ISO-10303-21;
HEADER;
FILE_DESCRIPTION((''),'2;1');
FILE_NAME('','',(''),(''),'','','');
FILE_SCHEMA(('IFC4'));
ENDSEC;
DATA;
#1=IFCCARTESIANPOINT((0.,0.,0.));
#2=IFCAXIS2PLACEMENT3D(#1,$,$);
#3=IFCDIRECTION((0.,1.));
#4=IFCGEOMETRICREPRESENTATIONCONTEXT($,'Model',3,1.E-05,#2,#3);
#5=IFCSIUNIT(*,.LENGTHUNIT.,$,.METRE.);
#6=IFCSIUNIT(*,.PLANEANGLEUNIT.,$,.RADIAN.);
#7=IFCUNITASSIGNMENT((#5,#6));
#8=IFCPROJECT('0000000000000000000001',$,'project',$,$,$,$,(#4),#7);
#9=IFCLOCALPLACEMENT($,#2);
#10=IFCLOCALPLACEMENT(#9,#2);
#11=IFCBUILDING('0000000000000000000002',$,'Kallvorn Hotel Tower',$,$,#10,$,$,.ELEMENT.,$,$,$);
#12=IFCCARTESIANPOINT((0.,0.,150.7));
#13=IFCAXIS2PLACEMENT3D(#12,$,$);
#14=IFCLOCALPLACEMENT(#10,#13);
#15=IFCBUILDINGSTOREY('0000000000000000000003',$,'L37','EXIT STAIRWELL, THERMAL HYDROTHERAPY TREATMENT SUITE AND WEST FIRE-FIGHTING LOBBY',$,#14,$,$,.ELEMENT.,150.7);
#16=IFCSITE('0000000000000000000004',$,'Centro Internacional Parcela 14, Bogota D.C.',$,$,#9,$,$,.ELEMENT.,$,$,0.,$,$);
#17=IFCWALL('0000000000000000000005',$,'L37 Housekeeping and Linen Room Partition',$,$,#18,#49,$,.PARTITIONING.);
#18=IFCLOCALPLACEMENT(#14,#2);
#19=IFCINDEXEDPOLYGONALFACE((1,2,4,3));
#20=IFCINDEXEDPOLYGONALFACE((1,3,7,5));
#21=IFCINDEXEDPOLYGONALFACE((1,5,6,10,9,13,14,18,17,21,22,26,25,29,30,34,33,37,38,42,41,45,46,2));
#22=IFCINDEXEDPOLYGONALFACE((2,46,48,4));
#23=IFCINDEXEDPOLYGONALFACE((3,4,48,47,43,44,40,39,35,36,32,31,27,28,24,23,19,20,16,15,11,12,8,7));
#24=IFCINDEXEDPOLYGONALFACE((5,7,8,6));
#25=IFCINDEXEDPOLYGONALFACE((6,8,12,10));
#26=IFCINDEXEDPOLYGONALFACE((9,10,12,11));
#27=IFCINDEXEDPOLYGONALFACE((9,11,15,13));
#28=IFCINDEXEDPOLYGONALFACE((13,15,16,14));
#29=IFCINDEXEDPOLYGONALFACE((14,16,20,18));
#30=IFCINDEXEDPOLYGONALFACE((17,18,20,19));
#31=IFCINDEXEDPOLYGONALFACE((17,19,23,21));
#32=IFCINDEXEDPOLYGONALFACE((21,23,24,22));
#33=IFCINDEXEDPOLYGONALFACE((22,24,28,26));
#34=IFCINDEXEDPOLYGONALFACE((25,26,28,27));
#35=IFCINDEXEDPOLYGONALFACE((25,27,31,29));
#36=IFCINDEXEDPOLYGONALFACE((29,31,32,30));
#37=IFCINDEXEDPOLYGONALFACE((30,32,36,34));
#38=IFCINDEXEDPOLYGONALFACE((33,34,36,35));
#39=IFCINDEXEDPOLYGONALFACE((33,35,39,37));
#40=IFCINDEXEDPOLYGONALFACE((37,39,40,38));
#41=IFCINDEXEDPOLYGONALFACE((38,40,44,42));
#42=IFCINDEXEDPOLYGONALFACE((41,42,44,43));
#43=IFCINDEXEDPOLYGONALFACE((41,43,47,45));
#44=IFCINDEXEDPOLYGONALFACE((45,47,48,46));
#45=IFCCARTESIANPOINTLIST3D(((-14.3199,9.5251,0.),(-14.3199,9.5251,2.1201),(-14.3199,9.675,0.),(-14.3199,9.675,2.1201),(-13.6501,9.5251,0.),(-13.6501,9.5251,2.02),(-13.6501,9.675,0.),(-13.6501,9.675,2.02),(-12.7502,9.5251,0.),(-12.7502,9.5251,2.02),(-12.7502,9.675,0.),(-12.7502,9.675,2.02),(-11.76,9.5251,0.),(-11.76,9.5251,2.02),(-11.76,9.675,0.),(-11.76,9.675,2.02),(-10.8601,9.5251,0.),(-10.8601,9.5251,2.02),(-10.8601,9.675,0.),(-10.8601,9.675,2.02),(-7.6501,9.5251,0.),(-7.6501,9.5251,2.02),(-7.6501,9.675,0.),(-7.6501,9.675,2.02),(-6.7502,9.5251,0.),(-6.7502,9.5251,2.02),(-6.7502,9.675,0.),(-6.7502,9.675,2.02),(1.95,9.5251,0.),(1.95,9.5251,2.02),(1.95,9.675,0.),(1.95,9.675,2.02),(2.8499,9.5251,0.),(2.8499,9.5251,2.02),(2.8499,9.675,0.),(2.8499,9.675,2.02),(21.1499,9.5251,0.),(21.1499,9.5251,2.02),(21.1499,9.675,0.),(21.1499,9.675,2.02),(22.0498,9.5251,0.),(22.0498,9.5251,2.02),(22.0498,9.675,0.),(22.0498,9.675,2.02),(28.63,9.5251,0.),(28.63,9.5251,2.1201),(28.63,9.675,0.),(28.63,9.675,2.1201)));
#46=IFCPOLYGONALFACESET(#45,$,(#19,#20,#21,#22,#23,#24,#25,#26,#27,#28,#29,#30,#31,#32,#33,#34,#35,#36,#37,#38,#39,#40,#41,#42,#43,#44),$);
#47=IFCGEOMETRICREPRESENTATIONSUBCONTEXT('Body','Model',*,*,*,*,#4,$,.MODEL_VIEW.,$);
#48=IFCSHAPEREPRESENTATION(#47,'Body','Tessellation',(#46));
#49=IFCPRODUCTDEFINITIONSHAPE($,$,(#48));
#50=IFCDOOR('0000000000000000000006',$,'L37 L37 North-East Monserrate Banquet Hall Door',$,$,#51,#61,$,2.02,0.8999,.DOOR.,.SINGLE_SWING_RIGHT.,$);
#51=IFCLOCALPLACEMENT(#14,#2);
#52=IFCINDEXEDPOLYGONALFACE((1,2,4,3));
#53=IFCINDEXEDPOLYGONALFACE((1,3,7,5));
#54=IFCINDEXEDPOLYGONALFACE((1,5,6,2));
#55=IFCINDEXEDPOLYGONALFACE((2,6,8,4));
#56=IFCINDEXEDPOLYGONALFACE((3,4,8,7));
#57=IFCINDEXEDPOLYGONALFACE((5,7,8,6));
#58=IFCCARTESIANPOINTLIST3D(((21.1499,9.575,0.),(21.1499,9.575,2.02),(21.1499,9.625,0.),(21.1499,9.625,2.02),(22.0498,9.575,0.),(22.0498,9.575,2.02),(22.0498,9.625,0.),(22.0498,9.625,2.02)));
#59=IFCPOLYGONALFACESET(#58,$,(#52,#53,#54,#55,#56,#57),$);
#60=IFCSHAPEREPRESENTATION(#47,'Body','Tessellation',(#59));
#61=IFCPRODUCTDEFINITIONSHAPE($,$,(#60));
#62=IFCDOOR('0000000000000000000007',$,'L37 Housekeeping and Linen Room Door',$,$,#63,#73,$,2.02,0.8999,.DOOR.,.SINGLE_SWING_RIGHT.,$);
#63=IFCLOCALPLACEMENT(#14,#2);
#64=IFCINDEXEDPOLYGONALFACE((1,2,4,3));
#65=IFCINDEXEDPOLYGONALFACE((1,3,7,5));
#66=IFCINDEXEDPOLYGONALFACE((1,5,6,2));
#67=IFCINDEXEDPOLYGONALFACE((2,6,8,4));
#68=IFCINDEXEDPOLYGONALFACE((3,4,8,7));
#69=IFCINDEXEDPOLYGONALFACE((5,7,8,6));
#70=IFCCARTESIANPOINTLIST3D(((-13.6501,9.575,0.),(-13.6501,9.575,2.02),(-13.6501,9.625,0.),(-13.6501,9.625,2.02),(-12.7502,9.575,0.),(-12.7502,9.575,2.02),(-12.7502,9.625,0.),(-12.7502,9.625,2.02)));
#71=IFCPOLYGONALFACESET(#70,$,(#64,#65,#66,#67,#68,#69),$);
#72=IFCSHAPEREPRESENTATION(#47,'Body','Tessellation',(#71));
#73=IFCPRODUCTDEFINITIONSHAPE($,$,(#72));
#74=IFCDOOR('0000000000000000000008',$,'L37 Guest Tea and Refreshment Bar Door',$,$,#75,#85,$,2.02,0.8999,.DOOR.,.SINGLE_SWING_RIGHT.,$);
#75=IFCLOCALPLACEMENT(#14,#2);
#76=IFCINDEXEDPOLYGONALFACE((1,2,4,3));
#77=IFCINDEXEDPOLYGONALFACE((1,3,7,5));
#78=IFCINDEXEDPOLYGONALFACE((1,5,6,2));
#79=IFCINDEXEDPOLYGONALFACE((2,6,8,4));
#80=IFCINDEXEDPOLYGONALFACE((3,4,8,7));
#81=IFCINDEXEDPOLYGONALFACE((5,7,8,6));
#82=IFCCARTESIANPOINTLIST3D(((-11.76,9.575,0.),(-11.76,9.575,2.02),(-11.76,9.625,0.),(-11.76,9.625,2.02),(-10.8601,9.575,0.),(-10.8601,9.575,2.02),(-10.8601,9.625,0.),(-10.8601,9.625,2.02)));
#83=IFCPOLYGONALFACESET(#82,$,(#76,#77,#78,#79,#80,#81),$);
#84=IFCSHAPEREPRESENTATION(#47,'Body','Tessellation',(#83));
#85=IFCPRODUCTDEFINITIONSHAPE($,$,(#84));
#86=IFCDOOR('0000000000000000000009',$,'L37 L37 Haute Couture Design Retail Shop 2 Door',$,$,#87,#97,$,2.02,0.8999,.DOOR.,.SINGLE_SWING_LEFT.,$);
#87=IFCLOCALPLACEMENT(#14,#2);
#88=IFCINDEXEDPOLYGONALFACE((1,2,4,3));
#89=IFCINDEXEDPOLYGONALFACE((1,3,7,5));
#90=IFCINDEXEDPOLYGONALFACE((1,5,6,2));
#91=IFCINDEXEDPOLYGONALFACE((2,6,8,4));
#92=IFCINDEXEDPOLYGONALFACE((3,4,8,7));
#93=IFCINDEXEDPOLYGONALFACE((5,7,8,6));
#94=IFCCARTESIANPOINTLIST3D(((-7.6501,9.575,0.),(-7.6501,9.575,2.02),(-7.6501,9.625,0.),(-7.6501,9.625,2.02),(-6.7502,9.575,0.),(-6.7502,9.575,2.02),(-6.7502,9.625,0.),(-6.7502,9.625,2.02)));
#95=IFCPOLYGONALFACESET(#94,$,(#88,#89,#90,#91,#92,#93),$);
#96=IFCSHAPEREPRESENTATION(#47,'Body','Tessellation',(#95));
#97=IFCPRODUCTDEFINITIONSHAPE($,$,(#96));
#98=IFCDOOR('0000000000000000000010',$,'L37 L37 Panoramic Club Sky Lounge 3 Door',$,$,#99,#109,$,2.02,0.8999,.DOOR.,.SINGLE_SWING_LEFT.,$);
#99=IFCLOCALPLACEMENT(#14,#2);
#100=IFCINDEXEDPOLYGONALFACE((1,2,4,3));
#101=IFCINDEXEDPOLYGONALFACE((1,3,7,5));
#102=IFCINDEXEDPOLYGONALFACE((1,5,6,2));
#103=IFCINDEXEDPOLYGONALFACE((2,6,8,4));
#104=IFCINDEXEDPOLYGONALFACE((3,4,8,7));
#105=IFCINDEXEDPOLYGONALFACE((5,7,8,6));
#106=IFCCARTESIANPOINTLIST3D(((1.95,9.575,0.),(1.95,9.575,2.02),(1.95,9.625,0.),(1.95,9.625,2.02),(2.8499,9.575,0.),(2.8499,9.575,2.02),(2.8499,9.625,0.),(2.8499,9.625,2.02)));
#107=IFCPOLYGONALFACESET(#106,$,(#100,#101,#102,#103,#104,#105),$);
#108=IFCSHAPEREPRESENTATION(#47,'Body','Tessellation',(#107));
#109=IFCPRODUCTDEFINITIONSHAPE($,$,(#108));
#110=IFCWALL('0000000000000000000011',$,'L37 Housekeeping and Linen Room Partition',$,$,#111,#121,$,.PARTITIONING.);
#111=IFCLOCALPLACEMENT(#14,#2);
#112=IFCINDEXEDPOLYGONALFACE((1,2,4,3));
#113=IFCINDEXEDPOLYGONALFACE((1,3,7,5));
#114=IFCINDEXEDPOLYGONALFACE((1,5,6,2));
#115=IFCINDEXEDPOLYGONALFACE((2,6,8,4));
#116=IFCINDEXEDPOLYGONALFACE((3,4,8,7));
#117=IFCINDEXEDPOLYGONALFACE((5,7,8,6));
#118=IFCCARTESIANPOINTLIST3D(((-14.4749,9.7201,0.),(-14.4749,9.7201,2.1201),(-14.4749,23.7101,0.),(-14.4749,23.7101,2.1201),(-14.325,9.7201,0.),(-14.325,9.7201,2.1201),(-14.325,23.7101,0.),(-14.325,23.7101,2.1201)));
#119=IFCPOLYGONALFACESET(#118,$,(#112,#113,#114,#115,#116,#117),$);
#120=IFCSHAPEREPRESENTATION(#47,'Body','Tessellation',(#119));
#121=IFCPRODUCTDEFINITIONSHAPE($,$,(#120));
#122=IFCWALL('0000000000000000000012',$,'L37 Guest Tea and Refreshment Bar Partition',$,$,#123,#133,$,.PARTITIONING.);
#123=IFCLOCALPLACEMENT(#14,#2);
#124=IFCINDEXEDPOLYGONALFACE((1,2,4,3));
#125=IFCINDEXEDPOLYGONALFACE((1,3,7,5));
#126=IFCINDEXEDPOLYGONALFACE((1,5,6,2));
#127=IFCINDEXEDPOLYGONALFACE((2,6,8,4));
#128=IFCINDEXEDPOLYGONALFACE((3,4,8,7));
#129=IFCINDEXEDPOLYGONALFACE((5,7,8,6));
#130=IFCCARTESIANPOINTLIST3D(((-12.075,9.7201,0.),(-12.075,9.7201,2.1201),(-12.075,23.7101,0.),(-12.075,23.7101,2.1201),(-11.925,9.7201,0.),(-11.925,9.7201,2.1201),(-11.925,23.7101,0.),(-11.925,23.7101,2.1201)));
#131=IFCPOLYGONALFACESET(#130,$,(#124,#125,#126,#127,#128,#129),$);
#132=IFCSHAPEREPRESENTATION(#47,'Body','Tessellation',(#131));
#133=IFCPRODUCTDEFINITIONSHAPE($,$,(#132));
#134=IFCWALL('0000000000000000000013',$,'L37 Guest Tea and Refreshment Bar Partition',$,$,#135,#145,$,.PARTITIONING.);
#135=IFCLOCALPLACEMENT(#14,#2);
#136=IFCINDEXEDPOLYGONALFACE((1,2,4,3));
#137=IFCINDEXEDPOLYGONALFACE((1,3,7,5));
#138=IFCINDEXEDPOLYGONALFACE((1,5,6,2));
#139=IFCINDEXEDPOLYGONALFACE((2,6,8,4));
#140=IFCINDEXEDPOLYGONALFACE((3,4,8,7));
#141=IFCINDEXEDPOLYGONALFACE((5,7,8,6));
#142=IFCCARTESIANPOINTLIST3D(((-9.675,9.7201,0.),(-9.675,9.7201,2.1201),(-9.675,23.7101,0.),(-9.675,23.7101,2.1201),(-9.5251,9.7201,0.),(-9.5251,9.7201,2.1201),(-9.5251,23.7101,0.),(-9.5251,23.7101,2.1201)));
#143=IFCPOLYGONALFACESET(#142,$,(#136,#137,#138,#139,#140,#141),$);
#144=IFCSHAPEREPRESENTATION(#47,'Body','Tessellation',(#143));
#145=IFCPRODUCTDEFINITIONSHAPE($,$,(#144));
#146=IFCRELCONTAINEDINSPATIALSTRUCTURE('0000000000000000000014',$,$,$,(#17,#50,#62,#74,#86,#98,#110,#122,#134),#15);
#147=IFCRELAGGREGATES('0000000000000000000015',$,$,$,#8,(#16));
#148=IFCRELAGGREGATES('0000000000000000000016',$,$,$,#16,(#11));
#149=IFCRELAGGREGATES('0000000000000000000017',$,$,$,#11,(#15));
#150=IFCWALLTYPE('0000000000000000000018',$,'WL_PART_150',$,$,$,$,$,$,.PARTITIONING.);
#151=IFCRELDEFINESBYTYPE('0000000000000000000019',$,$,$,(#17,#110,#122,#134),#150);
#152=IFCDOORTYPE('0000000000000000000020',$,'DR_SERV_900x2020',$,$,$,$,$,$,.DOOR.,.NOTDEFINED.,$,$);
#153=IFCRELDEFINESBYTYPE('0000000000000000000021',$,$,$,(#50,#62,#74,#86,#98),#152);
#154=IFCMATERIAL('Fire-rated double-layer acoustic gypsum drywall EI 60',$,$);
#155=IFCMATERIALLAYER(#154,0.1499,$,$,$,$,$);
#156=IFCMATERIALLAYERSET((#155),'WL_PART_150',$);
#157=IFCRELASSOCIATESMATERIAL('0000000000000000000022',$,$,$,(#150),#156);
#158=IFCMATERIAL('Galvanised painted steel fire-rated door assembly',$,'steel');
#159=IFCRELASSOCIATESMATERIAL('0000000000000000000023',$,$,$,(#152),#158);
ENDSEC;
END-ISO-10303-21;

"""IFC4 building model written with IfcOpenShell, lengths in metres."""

from ifc_helpers import new_model, si_unit, direction, frame, frame_2d, origin, place, context, subcontext, project, spatial, rectangle, extrude, material, layer, layer_set, type_object, element, fill, save


model = new_model("IFC4")

# Units and contexts
model_context = context("Model", 3, precision=1e-05, world=origin(), true_north=direction((0.0, 1.0)))
body_context = subcontext(model_context, "Body", "Model", "MODEL_VIEW")
ifc_project = project(units=[si_unit("LENGTHUNIT", "METRE"), si_unit("PLANEANGLEUNIT", "RADIAN")], contexts=[model_context])

# Site, building, storey
site_placement = place(None, origin())
site = spatial("IfcSite", under=ifc_project, at=site_placement, Name="Centro Internacional Parcela 14, Bogota D.C.", CompositionType="ELEMENT", RefElevation=0.0)
building_placement = place(site_placement, origin())
building = spatial("IfcBuilding", under=site, at=building_placement, Name="Kallvorn Hotel Tower", CompositionType="ELEMENT")
storey_placement = place(building_placement, frame((0.0, 0.0, 150.7)))
storey = spatial("IfcBuildingStorey", under=building, at=storey_placement, Name="L37", Description="EXIT STAIRWELL, THERMAL HYDROTHERAPY TREATMENT SUITE AND WEST FIRE-FIGHTING LOBBY", CompositionType="ELEMENT", Elevation=150.7)

# Wall, openings, doors
ifc_material_1 = material(Name="Fire-rated double-layer acoustic gypsum drywall EI 60")
ifc_layer = layer(ifc_material_1, 0.1499)
ifc_layer_set = layer_set([ifc_layer], Name="WL_PART_150")
wall_type = type_object("IfcWallType", Name="WL_PART_150", PredefinedType="PARTITIONING", material=ifc_layer_set)
wall_placement = place(storey_placement, frame((-14.3201, 9.6001, 0.0), z_axis=(0.0, 0.0, 1.0), x_axis=(1.0, 0.0, 0.0)))
wall = element("IfcWall", 1, at=wall_placement, inside=storey, type_object=wall_type, Name="L37 Housekeeping and Linen Room Partition", PredefinedType="PARTITIONING", context=body_context, shape_type="SweptSolid", body=[
    extrude(rectangle(XDim=42.95, YDim=0.1499, at=frame_2d((21.4751, 0.0))), origin(), (0.0, 0.0, 1.0), 2.1201),
])
opening_1_placement = place(wall_placement, frame((35.47, 0.0, 0.0)))
opening_1 = element("IfcOpeningElement", 2, at=opening_1_placement, cuts=wall, PredefinedType="OPENING", context=body_context, shape_type="SweptSolid", body=[
    extrude(rectangle(XDim=0.8999, YDim=2.02, at=frame_2d((0.45, 1.01))), frame((0.0, 0.0898, 0.0), z_axis=(0.0, -1.0, 0.0), x_axis=(1.0, 0.0, 0.0)), (0.0, 0.0, 1.0), 0.1799),
])
opening_2_placement = place(wall_placement, frame((0.6699, 0.0, 0.0)))
opening_2 = element("IfcOpeningElement", 3, at=opening_2_placement, cuts=wall, PredefinedType="OPENING", context=body_context, shape_type="SweptSolid", body=[
    extrude(rectangle(XDim=0.8999, YDim=2.02, at=frame_2d((0.45, 1.01))), frame((0.0, 0.0898, 0.0), z_axis=(0.0, -1.0, 0.0), x_axis=(1.0, 0.0, 0.0)), (0.0, 0.0, 1.0), 0.1799),
])
opening_3_placement = place(wall_placement, frame((2.5601, 0.0, 0.0)))
opening_3 = element("IfcOpeningElement", 4, at=opening_3_placement, cuts=wall, PredefinedType="OPENING", context=body_context, shape_type="SweptSolid", body=[
    extrude(rectangle(XDim=0.8999, YDim=2.02, at=frame_2d((0.45, 1.01))), frame((0.0, 0.0898, 0.0), z_axis=(0.0, -1.0, 0.0), x_axis=(1.0, 0.0, 0.0)), (0.0, 0.0, 1.0), 0.1799),
])
opening_4_placement = place(wall_placement, frame((6.6699, 0.0, 0.0)))
opening_4 = element("IfcOpeningElement", 5, at=opening_4_placement, cuts=wall, PredefinedType="OPENING", context=body_context, shape_type="SweptSolid", body=[
    extrude(rectangle(XDim=0.8999, YDim=2.02, at=frame_2d((0.45, 1.01))), frame((0.0, 0.0898, 0.0), z_axis=(0.0, -1.0, 0.0), x_axis=(1.0, 0.0, 0.0)), (0.0, 0.0, 1.0), 0.1799),
])
opening_5_placement = place(wall_placement, frame((16.27, 0.0, 0.0)))
opening_5 = element("IfcOpeningElement", 6, at=opening_5_placement, cuts=wall, PredefinedType="OPENING", context=body_context, shape_type="SweptSolid", body=[
    extrude(rectangle(XDim=0.8999, YDim=2.02, at=frame_2d((0.45, 1.01))), frame((0.0, 0.0898, 0.0), z_axis=(0.0, -1.0, 0.0), x_axis=(1.0, 0.0, 0.0)), (0.0, 0.0, 1.0), 0.1799),
])
ifc_material_2 = material(Name="Galvanised painted steel fire-rated door assembly", Category="steel")
door_type = type_object("IfcDoorType", Name="DR_SERV_900x2020", OperationType="NOTDEFINED", PredefinedType="DOOR", material=ifc_material_2)
door_1_placement = place(opening_1_placement, origin())
door_1 = element("IfcDoor", 7, at=door_1_placement, inside=storey, type_object=door_type, Name="L37 L37 North-East Monserrate Banquet Hall Door", OperationType="SINGLE_SWING_RIGHT", OverallHeight=2.02, OverallWidth=0.8999, PredefinedType="DOOR", context=body_context, shape_type="SweptSolid", body=[
    extrude(rectangle(XDim=0.8999, YDim=2.02, at=frame_2d((0.45, 1.01))), frame((0.0, 0.0249, 0.0), z_axis=(0.0, -1.0, 0.0), x_axis=(1.0, 0.0, 0.0)), (0.0, 0.0, 1.0), 0.05),
])
fill(opening_1, door_1)
door_2_placement = place(opening_2_placement, origin())
door_2 = element("IfcDoor", 8, at=door_2_placement, inside=storey, type_object=door_type, Name="L37 Housekeeping and Linen Room Door", OperationType="SINGLE_SWING_RIGHT", OverallHeight=2.02, OverallWidth=0.8999, PredefinedType="DOOR", context=body_context, shape_type="SweptSolid", body=[
    extrude(rectangle(XDim=0.8999, YDim=2.02, at=frame_2d((0.45, 1.01))), frame((0.0, 0.0249, 0.0), z_axis=(0.0, -1.0, 0.0), x_axis=(1.0, 0.0, 0.0)), (0.0, 0.0, 1.0), 0.05),
])
fill(opening_2, door_2)
door_3_placement = place(opening_3_placement, origin())
door_3 = element("IfcDoor", 9, at=door_3_placement, inside=storey, type_object=door_type, Name="L37 Guest Tea and Refreshment Bar Door", OperationType="SINGLE_SWING_RIGHT", OverallHeight=2.02, OverallWidth=0.8999, PredefinedType="DOOR", context=body_context, shape_type="SweptSolid", body=[
    extrude(rectangle(XDim=0.8999, YDim=2.02, at=frame_2d((0.45, 1.01))), frame((0.0, 0.0249, 0.0), z_axis=(0.0, -1.0, 0.0), x_axis=(1.0, 0.0, 0.0)), (0.0, 0.0, 1.0), 0.05),
])
fill(opening_3, door_3)
door_4_placement = place(opening_4_placement, origin())
door_4 = element("IfcDoor", 10, at=door_4_placement, inside=storey, type_object=door_type, Name="L37 L37 Haute Couture Design Retail Shop 2 Door", OperationType="SINGLE_SWING_LEFT", OverallHeight=2.02, OverallWidth=0.8999, PredefinedType="DOOR", context=body_context, shape_type="SweptSolid", body=[
    extrude(rectangle(XDim=0.8999, YDim=2.02, at=frame_2d((0.45, 1.01))), frame((0.0, 0.0249, 0.0), z_axis=(0.0, -1.0, 0.0), x_axis=(1.0, 0.0, 0.0)), (0.0, 0.0, 1.0), 0.05),
])
fill(opening_4, door_4)
door_5_placement = place(opening_5_placement, origin())
door_5 = element("IfcDoor", 11, at=door_5_placement, inside=storey, type_object=door_type, Name="L37 L37 Panoramic Club Sky Lounge 3 Door", OperationType="SINGLE_SWING_LEFT", OverallHeight=2.02, OverallWidth=0.8999, PredefinedType="DOOR", context=body_context, shape_type="SweptSolid", body=[
    extrude(rectangle(XDim=0.8999, YDim=2.02, at=frame_2d((0.45, 1.01))), frame((0.0, 0.0249, 0.0), z_axis=(0.0, -1.0, 0.0), x_axis=(1.0, 0.0, 0.0)), (0.0, 0.0, 1.0), 0.05),
])
fill(opening_5, door_5)

# Walls
for number, where, z_axis, x_axis, name in (
    (12, (-14.3999, 9.72, 0.0), (0.0, 0.0, 1.0), (0.0, 1.0, 0.0), "L37 Housekeeping and Linen Room Partition"),
    (13, (-12.0, 9.72, 0.0), (0.0, 0.0, 1.0), (0.0, 1.0, 0.0), "L37 Guest Tea and Refreshment Bar Partition"),
    (14, (-9.6001, 9.72, 0.0), (0.0, 0.0, 1.0), (0.0, 1.0, 0.0), "L37 Guest Tea and Refreshment Bar Partition"),
):
    element("IfcWall", number, at=place(storey_placement, frame(where, z_axis=z_axis, x_axis=x_axis)), inside=storey, type_object=wall_type, Name=name, PredefinedType="PARTITIONING", context=body_context, shape_type="SweptSolid", body=[
        extrude(rectangle(XDim=13.99, YDim=0.1499, at=frame_2d((6.9951, 0.0))), origin(), (0.0, 0.0, 1.0), 2.1201),
    ])

save(model, "model.ifc")
